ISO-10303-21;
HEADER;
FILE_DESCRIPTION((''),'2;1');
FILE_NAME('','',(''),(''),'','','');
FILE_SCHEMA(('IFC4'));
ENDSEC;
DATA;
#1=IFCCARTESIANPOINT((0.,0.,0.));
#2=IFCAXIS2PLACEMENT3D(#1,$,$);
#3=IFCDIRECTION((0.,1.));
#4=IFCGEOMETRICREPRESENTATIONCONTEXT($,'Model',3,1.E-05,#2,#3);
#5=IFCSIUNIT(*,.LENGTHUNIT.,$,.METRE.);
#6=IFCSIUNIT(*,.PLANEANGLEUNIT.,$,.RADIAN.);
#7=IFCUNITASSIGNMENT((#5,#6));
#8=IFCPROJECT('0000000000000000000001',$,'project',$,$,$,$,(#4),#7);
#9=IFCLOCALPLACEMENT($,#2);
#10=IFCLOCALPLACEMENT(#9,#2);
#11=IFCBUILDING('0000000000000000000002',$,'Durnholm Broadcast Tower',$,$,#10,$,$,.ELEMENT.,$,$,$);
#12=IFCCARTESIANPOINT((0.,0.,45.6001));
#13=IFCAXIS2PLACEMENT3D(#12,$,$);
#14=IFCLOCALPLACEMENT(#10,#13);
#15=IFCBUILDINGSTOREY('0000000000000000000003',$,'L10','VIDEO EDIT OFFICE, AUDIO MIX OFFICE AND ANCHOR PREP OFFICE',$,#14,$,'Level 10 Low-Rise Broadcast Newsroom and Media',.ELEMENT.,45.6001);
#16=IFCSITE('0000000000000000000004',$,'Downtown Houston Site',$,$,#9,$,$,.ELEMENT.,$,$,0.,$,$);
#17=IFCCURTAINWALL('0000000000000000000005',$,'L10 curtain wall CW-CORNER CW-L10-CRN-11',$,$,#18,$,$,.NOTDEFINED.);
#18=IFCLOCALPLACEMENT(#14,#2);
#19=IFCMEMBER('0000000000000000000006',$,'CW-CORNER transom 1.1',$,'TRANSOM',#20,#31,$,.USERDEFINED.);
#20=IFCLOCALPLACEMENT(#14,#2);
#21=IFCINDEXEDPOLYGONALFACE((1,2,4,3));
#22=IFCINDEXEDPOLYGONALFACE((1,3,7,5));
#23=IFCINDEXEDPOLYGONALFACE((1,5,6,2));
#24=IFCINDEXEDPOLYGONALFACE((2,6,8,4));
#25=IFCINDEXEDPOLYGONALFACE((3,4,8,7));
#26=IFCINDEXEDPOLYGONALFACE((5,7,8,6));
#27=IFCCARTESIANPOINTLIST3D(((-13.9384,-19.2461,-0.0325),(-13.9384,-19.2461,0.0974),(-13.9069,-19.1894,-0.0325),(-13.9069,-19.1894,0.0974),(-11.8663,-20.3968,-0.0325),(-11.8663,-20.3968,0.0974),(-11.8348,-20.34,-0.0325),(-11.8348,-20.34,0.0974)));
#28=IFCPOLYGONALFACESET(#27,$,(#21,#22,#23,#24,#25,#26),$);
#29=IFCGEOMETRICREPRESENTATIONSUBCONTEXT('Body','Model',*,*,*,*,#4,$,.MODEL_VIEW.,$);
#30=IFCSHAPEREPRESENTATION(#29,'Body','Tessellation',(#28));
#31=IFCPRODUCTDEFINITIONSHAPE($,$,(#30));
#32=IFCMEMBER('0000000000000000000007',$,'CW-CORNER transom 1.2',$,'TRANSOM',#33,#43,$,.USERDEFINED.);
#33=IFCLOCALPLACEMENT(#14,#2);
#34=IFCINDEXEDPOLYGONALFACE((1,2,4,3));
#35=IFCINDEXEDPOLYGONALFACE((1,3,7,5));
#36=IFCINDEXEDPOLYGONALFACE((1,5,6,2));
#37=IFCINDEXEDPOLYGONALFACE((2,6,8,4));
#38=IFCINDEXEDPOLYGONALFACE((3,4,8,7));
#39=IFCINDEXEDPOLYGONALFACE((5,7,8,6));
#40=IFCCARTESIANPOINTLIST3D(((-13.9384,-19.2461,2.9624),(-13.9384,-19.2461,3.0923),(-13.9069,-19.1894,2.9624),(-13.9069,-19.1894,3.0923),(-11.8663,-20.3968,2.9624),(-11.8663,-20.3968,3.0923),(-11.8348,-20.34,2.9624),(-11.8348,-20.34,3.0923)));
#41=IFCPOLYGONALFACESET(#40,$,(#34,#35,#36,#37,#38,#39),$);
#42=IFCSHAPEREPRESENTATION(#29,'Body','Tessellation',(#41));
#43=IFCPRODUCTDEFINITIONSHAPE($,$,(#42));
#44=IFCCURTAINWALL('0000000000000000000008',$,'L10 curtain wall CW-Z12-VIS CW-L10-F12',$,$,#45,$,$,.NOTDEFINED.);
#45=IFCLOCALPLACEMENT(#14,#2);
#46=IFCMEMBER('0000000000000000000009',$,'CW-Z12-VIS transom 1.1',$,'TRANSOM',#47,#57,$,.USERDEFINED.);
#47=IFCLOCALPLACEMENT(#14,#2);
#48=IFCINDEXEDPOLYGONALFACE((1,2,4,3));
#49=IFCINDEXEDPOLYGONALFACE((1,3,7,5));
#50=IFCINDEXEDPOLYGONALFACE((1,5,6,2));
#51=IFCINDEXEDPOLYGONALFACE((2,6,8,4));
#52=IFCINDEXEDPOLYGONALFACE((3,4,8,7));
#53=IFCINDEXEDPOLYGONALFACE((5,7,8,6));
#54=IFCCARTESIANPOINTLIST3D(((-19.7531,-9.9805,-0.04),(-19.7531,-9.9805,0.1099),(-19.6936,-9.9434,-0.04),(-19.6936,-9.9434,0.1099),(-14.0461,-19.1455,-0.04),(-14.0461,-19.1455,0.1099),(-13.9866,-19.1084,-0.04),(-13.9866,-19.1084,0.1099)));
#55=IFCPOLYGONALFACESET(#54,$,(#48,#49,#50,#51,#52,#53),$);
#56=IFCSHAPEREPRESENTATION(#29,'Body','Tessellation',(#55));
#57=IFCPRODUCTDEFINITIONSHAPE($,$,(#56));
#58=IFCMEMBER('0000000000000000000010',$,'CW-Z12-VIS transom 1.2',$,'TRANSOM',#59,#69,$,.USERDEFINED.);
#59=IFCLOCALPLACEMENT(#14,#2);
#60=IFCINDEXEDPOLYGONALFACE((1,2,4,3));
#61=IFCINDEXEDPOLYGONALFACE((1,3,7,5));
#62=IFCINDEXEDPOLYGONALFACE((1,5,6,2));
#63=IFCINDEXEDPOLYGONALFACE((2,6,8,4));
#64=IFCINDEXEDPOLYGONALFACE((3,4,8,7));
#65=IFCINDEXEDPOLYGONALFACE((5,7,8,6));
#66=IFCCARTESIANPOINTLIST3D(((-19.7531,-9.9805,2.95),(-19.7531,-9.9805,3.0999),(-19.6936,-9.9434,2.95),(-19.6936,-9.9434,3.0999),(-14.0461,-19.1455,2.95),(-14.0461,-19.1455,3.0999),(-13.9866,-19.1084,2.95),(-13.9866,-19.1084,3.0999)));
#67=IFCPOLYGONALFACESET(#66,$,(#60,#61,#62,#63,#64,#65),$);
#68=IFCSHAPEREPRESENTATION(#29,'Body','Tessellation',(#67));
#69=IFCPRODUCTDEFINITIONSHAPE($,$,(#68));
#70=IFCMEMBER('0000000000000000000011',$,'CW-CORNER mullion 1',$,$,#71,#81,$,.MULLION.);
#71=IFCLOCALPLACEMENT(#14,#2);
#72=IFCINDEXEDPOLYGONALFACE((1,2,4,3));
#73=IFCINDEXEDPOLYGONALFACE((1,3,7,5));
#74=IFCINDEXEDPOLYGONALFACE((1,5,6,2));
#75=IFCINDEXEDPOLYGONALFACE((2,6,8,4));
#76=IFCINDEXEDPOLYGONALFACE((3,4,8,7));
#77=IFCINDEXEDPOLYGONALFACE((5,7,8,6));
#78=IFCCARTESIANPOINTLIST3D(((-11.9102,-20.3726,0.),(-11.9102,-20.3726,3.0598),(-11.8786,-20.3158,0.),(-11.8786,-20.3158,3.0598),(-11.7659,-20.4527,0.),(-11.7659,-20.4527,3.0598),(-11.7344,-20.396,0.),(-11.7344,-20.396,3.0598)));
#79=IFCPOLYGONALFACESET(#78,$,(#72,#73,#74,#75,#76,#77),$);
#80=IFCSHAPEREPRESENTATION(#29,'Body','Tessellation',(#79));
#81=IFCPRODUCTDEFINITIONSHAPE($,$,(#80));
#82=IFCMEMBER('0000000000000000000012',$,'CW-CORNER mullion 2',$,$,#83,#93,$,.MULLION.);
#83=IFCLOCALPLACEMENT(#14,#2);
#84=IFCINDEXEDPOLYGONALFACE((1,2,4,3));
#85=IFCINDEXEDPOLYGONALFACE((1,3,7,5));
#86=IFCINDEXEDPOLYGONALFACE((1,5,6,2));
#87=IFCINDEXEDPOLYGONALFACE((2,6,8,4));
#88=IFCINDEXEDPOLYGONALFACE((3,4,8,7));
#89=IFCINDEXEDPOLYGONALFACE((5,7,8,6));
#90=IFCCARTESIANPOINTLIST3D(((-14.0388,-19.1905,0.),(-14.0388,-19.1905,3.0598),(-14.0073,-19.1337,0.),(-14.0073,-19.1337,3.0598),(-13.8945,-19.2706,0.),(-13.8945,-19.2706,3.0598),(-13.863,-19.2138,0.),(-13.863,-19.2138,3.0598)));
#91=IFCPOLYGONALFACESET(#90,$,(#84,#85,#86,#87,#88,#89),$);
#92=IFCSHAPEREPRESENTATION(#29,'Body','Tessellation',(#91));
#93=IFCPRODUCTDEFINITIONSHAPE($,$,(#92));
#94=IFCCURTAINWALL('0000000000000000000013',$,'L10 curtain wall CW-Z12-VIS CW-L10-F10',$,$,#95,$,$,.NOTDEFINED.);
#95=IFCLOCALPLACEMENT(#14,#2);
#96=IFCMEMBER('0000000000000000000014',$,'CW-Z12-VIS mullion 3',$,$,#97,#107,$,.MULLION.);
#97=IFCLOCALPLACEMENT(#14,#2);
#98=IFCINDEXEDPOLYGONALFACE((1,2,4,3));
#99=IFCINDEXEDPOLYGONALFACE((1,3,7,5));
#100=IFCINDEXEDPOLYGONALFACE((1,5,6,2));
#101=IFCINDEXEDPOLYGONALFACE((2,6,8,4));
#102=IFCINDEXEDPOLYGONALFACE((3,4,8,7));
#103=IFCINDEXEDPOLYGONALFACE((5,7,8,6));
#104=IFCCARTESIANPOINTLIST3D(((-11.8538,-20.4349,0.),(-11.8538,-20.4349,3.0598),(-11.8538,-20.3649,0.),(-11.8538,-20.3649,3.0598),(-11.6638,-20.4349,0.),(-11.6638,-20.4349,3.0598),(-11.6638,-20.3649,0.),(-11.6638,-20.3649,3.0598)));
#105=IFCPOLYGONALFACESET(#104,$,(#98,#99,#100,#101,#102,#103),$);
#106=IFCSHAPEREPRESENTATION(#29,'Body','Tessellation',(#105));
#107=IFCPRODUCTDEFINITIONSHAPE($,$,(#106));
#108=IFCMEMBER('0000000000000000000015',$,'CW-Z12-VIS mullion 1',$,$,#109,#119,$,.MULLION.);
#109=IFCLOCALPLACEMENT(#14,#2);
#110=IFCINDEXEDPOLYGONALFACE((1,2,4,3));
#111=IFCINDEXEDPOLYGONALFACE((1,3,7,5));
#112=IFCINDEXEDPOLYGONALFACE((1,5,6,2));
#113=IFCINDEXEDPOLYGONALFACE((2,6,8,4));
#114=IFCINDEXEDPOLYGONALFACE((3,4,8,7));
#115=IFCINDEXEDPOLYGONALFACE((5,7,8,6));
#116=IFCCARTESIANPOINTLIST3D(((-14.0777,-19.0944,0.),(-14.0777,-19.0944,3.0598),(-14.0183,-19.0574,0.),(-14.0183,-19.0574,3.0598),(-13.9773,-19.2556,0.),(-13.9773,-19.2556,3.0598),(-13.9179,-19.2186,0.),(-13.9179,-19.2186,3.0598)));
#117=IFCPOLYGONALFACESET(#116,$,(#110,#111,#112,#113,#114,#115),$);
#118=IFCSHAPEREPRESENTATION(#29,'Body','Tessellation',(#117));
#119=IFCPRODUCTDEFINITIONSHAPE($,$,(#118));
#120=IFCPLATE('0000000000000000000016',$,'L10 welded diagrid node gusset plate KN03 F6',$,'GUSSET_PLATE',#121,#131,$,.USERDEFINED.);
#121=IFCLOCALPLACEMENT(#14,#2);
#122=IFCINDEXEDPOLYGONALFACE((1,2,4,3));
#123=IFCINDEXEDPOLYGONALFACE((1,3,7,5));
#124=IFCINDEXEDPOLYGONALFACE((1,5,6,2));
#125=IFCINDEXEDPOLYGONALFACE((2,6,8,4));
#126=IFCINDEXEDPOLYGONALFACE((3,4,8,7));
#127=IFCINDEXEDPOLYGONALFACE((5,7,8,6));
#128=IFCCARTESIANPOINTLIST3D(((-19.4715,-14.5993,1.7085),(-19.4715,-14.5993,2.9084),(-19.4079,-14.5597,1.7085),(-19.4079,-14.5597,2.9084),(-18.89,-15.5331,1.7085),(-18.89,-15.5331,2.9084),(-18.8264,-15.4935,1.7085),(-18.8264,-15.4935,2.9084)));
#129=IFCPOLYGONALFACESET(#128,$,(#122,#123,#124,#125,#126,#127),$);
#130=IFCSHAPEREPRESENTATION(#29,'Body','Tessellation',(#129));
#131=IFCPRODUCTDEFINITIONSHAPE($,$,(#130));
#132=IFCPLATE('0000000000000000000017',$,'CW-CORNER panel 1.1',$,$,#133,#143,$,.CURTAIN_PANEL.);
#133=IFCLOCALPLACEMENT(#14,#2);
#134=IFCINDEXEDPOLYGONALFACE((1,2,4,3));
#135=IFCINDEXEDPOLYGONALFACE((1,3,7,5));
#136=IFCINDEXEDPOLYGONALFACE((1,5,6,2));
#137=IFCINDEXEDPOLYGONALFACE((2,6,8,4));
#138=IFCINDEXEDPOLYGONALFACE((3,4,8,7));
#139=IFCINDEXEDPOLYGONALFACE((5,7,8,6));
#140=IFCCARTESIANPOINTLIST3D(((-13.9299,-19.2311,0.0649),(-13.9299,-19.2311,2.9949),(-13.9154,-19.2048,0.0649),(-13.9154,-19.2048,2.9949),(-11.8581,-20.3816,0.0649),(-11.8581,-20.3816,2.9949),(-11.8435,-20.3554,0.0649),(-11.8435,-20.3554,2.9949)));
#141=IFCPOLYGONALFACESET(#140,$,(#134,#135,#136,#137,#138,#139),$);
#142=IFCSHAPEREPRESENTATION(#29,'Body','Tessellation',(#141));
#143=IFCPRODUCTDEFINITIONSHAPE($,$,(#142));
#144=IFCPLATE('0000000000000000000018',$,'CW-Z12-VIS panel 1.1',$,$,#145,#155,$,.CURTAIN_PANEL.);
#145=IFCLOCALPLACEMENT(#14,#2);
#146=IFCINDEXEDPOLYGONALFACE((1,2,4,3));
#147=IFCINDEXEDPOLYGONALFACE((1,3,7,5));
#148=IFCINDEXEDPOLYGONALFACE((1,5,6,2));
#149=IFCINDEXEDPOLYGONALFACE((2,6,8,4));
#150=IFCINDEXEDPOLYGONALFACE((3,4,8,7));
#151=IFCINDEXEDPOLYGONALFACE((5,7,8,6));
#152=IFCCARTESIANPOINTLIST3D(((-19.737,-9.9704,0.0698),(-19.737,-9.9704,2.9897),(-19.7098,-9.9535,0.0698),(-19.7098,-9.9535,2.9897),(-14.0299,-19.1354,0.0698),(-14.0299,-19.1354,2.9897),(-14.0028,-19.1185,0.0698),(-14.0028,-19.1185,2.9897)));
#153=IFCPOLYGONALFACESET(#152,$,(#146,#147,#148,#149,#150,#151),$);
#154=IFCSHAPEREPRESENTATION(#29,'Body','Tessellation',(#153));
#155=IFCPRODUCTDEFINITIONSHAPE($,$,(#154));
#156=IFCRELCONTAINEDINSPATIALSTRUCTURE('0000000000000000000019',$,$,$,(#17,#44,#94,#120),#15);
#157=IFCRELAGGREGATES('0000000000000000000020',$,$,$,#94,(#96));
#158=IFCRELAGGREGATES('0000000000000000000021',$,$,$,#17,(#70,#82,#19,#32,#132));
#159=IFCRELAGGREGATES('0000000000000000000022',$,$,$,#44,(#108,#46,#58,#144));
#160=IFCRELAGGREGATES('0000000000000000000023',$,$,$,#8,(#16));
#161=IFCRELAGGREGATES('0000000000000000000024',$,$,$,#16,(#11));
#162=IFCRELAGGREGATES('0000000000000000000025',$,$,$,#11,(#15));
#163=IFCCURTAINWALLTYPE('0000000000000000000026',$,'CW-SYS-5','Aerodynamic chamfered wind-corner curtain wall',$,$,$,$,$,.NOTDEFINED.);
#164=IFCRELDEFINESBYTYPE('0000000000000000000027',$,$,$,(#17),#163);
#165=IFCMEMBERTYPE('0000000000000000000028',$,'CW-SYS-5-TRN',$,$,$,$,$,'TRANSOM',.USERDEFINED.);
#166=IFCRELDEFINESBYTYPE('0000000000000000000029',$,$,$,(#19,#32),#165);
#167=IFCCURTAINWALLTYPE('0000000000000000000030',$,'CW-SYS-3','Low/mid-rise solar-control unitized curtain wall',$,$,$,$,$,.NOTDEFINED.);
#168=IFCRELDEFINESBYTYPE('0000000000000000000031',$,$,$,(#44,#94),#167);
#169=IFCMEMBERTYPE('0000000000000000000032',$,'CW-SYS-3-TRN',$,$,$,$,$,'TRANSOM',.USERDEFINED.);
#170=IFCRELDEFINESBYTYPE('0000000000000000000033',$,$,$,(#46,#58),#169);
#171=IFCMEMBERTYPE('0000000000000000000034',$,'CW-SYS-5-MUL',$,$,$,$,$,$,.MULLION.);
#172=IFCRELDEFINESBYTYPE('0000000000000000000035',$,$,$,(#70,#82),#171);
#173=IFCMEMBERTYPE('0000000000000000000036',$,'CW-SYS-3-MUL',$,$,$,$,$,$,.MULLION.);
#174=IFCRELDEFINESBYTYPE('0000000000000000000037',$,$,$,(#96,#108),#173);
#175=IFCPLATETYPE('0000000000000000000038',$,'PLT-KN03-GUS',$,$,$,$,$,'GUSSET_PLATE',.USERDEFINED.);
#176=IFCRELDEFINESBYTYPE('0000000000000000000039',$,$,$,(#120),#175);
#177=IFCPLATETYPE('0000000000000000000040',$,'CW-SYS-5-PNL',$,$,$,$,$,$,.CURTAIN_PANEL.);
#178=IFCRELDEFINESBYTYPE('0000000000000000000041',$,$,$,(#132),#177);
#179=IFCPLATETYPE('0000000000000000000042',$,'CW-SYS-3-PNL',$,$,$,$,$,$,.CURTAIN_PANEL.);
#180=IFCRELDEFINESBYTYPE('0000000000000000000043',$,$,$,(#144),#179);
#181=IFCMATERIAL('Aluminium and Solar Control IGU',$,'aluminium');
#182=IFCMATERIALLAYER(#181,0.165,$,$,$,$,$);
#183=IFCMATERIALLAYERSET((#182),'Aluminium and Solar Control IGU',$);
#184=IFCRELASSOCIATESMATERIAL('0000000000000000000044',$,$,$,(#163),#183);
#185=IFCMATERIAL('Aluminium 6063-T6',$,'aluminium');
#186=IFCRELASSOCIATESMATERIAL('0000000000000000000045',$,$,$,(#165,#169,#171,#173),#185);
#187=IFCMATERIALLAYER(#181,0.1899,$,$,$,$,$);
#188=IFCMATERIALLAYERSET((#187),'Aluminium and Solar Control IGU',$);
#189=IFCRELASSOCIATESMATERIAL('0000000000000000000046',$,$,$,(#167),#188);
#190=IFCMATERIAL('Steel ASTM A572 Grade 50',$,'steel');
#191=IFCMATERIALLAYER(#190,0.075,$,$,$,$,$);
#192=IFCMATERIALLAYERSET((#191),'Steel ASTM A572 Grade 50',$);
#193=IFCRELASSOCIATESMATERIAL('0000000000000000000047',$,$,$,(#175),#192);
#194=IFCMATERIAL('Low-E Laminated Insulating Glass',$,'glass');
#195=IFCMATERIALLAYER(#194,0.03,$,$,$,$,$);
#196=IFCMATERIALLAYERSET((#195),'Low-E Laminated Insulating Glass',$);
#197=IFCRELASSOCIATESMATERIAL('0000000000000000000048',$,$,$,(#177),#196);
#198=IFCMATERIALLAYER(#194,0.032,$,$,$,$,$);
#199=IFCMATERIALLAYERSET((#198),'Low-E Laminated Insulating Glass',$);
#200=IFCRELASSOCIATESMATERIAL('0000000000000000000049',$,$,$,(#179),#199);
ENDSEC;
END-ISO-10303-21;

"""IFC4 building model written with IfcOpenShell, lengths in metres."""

from ifc_helpers import new_model, si_unit, direction, frame, origin, origin_2d, place, context, subcontext, project, spatial, rectangle, extrude, source, transform, mapped, material, layer, layer_set, material_profile, profile_set, type_object, type_shapes, element, aggregate, save


model = new_model("IFC4")

# Units and contexts
model_context = context("Model", 3, precision=1e-05, world=origin(), true_north=direction((0.0, 1.0)))
body_context = subcontext(model_context, "Body", "Model", "MODEL_VIEW")
ifc_project = project(units=[si_unit("LENGTHUNIT", "METRE"), si_unit("PLANEANGLEUNIT", "RADIAN")], contexts=[model_context])

# Site, building, storey
site_placement = place(None, origin())
site = spatial("IfcSite", under=ifc_project, at=site_placement, Name="Downtown Houston Site", CompositionType="ELEMENT", RefElevation=0.0)
building_placement = place(site_placement, origin())
building = spatial("IfcBuilding", under=site, at=building_placement, Name="Durnholm Broadcast Tower", CompositionType="ELEMENT")
storey_placement = place(building_placement, frame((0.0, 0.0, 45.6001)))
storey = spatial("IfcBuildingStorey", under=building, at=storey_placement, Name="L10", Description="VIDEO EDIT OFFICE, AUDIO MIX OFFICE AND ANCHOR PREP OFFICE", LongName="Level 10 Low-Rise Broadcast Newsroom and Media", CompositionType="ELEMENT", Elevation=45.6001)

# Curtain walls, members
ifc_material_1 = material(Name="Aluminium and Solar Control IGU", Category="aluminium")
ifc_layer_1 = layer(ifc_material_1, 0.165)
ifc_layer_set_1 = layer_set([ifc_layer_1], Name="Aluminium and Solar Control IGU")
curtain_wall_type_1 = type_object("IfcCurtainWallType", Name="CW-SYS-5", Description="Aerodynamic chamfered wind-corner curtain wall", PredefinedType="NOTDEFINED", material=ifc_layer_set_1)
curtain_wall_1_placement = place(storey_placement, origin())
curtain_wall_1 = element("IfcCurtainWall", 1, at=curtain_wall_1_placement, inside=storey, type_object=curtain_wall_type_1, Name="L10 curtain wall CW-CORNER CW-L10-CRN-11", PredefinedType="NOTDEFINED")
ifc_material_2 = material(Name="Aluminium 6063-T6", Category="aluminium")
ifc_material_profile_1 = material_profile(ifc_material_2, rectangle(XDim=0.0649, YDim=0.1299, at=origin_2d()), Name="CWT65X130")
ifc_profile_set_1 = profile_set([ifc_material_profile_1], Name="Aluminium 6063-T6")
member_type_1 = type_object("IfcMemberType", Name="CW-SYS-5-TRN", ElementType="TRANSOM", PredefinedType="USERDEFINED", material=ifc_profile_set_1)
shared_shape_1 = source(origin(), body_context, "Body", "SweptSolid", [
    extrude(rectangle(XDim=0.0649, YDim=0.1299, at=origin_2d()), origin(), (0.0, 0.0, 1.0), 2.3701),
])
type_shapes(member_type_1, [shared_shape_1])
member_1_placement = place(storey_placement, frame((-11.8506, -20.3684, 0.0325), z_axis=(-0.874245, 0.485485, 0.0), x_axis=(-0.485485, -0.874245, 0.0)))
member_1 = element("IfcMember", 2, at=member_1_placement, type_object=member_type_1, Name="CW-CORNER transom 1.1", ObjectType="TRANSOM", PredefinedType="USERDEFINED", context=body_context, shape_type="MappedRepresentation", body=[
    mapped(shared_shape_1, transform((0.0, 0.0, 0.0), x_axis=(1.0, 0.0, 0.0), y_axis=(0.0, 1.0, 0.0), z_axis=(0.0, 0.0, 1.0), scale=1.0)),
])
member_2_placement = place(storey_placement, frame((-11.8506, -20.3684, 3.0273), z_axis=(-0.874245, 0.485485, 0.0), x_axis=(-0.485485, -0.874245, 0.0)))
member_2 = element("IfcMember", 3, at=member_2_placement, type_object=member_type_1, Name="CW-CORNER transom 1.2", ObjectType="TRANSOM", PredefinedType="USERDEFINED", context=body_context, shape_type="MappedRepresentation", body=[
    mapped(shared_shape_1, transform((0.0, 0.0, 0.0), x_axis=(1.0, 0.0, 0.0), y_axis=(0.0, 1.0, 0.0), z_axis=(0.0, 0.0, 1.0), scale=1.0)),
])
ifc_layer_2 = layer(ifc_material_1, 0.1899)
ifc_layer_set_2 = layer_set([ifc_layer_2], Name="Aluminium and Solar Control IGU")
curtain_wall_type_2 = type_object("IfcCurtainWallType", Name="CW-SYS-3", Description="Low/mid-rise solar-control unitized curtain wall", PredefinedType="NOTDEFINED", material=ifc_layer_set_2)
curtain_wall_2_placement = place(storey_placement, origin())
curtain_wall_2 = element("IfcCurtainWall", 4, at=curtain_wall_2_placement, inside=storey, type_object=curtain_wall_type_2, Name="L10 curtain wall CW-Z12-VIS CW-L10-F12", PredefinedType="NOTDEFINED")
ifc_material_profile_2 = material_profile(ifc_material_2, rectangle(XDim=0.0701, YDim=0.1499, at=origin_2d()), Name="CWT70X150")
ifc_profile_set_2 = profile_set([ifc_material_profile_2], Name="Aluminium 6063-T6")
member_type_2 = type_object("IfcMemberType", Name="CW-SYS-3-TRN", ElementType="TRANSOM", PredefinedType="USERDEFINED", material=ifc_profile_set_2)
shared_shape_2 = source(origin(), body_context, "Body", "SweptSolid", [
    extrude(rectangle(XDim=0.0701, YDim=0.1499, at=origin_2d()), origin(), (0.0, 0.0, 1.0), 10.7966),
])
type_shapes(member_type_2, [shared_shape_2])
member_3_placement = place(storey_placement, frame((-14.0164, -19.127, 0.0349), z_axis=(-0.528592, 0.848876, 0.0), x_axis=(-0.848876, -0.528592, 0.0)))
member_3 = element("IfcMember", 5, at=member_3_placement, type_object=member_type_2, Name="CW-Z12-VIS transom 1.1", ObjectType="TRANSOM", PredefinedType="USERDEFINED", context=body_context, shape_type="MappedRepresentation", body=[
    mapped(shared_shape_2, transform((0.0, 0.0, 0.0), x_axis=(1.0, 0.0, 0.0), y_axis=(0.0, 1.0, 0.0), z_axis=(0.0, 0.0, 1.0), scale=1.0)),
])
member_4_placement = place(storey_placement, frame((-14.0164, -19.127, 3.0249), z_axis=(-0.528592, 0.848876, 0.0), x_axis=(-0.848876, -0.528592, 0.0)))
member_4 = element("IfcMember", 6, at=member_4_placement, type_object=member_type_2, Name="CW-Z12-VIS transom 1.2", ObjectType="TRANSOM", PredefinedType="USERDEFINED", context=body_context, shape_type="MappedRepresentation", body=[
    mapped(shared_shape_2, transform((0.0, 0.0, 0.0), x_axis=(1.0, 0.0, 0.0), y_axis=(0.0, 1.0, 0.0), z_axis=(0.0, 0.0, 1.0), scale=1.0)),
])

# Members
ifc_material_profile_3 = material_profile(ifc_material_2, rectangle(XDim=0.0649, YDim=0.165, at=origin_2d()), Name="CWM65X165")
ifc_profile_set_3 = profile_set([ifc_material_profile_3], Name="Aluminium 6063-T6")
member_type_3 = type_object("IfcMemberType", Name="CW-SYS-5-MUL", PredefinedType="MULLION", material=ifc_profile_set_3)
shared_shape_3 = source(origin(), body_context, "Body", "SweptSolid", [
    extrude(rectangle(XDim=0.0649, YDim=0.165, at=origin_2d()), origin(), (0.0, 0.0, 1.0), 3.0598),
])
type_shapes(member_type_3, [shared_shape_3])
member_5_placement = place(storey_placement, frame((-11.8223, -20.3843, 0.0), z_axis=(0.0, 0.0, 1.0), x_axis=(-0.485483, -0.874246, 0.0)))
member_5 = element("IfcMember", 7, at=member_5_placement, type_object=member_type_3, Name="CW-CORNER mullion 1", PredefinedType="MULLION", context=body_context, shape_type="MappedRepresentation", body=[
    mapped(shared_shape_3, transform((0.0, 0.0, 0.0), x_axis=(1.0, 0.0, 0.0), y_axis=(0.0, 1.0, 0.0), z_axis=(0.0, 0.0, 1.0), scale=1.0)),
])
member_6_placement = place(storey_placement, frame((-13.9509, -19.2021, 0.0), z_axis=(0.0, 0.0, 1.0), x_axis=(-0.485483, -0.874246, 0.0)))
member_6 = element("IfcMember", 8, at=member_6_placement, type_object=member_type_3, Name="CW-CORNER mullion 2", PredefinedType="MULLION", context=body_context, shape_type="MappedRepresentation", body=[
    mapped(shared_shape_3, transform((0.0, 0.0, 0.0), x_axis=(1.0, 0.0, 0.0), y_axis=(0.0, 1.0, 0.0), z_axis=(0.0, 0.0, 1.0), scale=1.0)),
])

# Curtain wall, member
curtain_wall_3_placement = place(storey_placement, origin())
curtain_wall_3 = element("IfcCurtainWall", 9, at=curtain_wall_3_placement, inside=storey, type_object=curtain_wall_type_2, Name="L10 curtain wall CW-Z12-VIS CW-L10-F10", PredefinedType="NOTDEFINED")
ifc_material_profile_4 = material_profile(ifc_material_2, rectangle(XDim=0.0701, YDim=0.1899, at=origin_2d()), Name="CWM70X190")
ifc_profile_set_4 = profile_set([ifc_material_profile_4], Name="Aluminium 6063-T6")
member_type_4 = type_object("IfcMemberType", Name="CW-SYS-3-MUL", PredefinedType="MULLION", material=ifc_profile_set_4)
shared_shape_4 = source(origin(), body_context, "Body", "SweptSolid", [
    extrude(rectangle(XDim=0.0701, YDim=0.1899, at=origin_2d()), origin(), (0.0, 0.0, 1.0), 3.0598),
])
type_shapes(member_type_4, [shared_shape_4])
member_7_placement = place(storey_placement, frame((-11.7588, -20.3999, 0.0), z_axis=(0.0, 0.0, 1.0), x_axis=(0.0, -1.0, 0.0)))
member_7 = element("IfcMember", 10, at=member_7_placement, type_object=member_type_4, Name="CW-Z12-VIS mullion 3", PredefinedType="MULLION", context=body_context, shape_type="MappedRepresentation", body=[
    mapped(shared_shape_4, transform((0.0, 0.0, 0.0), x_axis=(1.0, 0.0, 0.0), y_axis=(0.0, 1.0, 0.0), z_axis=(0.0, 0.0, 1.0), scale=1.0)),
])
aggregate(curtain_wall_3, [member_7])

# Member
member_8_placement = place(storey_placement, frame((-13.9978, -19.1565, 0.0), z_axis=(0.0, 0.0, 1.0), x_axis=(-0.848876, -0.528592, 0.0)))
member_8 = element("IfcMember", 11, at=member_8_placement, type_object=member_type_4, Name="CW-Z12-VIS mullion 1", PredefinedType="MULLION", context=body_context, shape_type="MappedRepresentation", body=[
    mapped(shared_shape_4, transform((0.0, 0.0, 0.0), x_axis=(1.0, 0.0, 0.0), y_axis=(0.0, 1.0, 0.0), z_axis=(0.0, 0.0, 1.0), scale=1.0)),
])

# Plates
ifc_material_3 = material(Name="Steel ASTM A572 Grade 50", Category="steel")
ifc_layer_3 = layer(ifc_material_3, 0.075)
ifc_layer_set_3 = layer_set([ifc_layer_3], Name="Steel ASTM A572 Grade 50")
plate_type_1 = type_object("IfcPlateType", Name="PLT-KN03-GUS", ElementType="GUSSET_PLATE", PredefinedType="USERDEFINED", material=ifc_layer_set_3)
shared_shape_5 = source(origin(), body_context, "Body", "SweptSolid", [
    extrude(rectangle(XDim=1.1001, YDim=0.075, at=origin_2d()), origin(), (0.0, 0.0, 1.0), 1.2),
])
type_shapes(plate_type_1, [shared_shape_5])
plate_1_placement = place(storey_placement, frame((-19.1489, -15.0464, 1.7085), z_axis=(0.0, 0.0, 1.0), x_axis=(0.528587, -0.848879, 0.0)))
element("IfcPlate", 12, at=plate_1_placement, inside=storey, type_object=plate_type_1, Name="L10 welded diagrid node gusset plate KN03 F6", ObjectType="GUSSET_PLATE", PredefinedType="USERDEFINED", context=body_context, shape_type="MappedRepresentation", body=[
    mapped(shared_shape_5, transform((0.0, 0.0, 0.0), x_axis=(1.0, 0.0, 0.0), y_axis=(0.0, 1.0, 0.0), z_axis=(0.0, 0.0, 1.0), scale=1.0)),
])
ifc_material_4 = material(Name="Low-E Laminated Insulating Glass", Category="glass")
ifc_layer_4 = layer(ifc_material_4, 0.03)
ifc_layer_set_4 = layer_set([ifc_layer_4], Name="Low-E Laminated Insulating Glass")
plate_type_2 = type_object("IfcPlateType", Name="CW-SYS-5-PNL", PredefinedType="CURTAIN_PANEL", material=ifc_layer_set_4)
shared_shape_6 = source(origin(), body_context, "Body", "SweptSolid", [
    extrude(rectangle(XDim=2.3699, YDim=0.03, at=origin_2d()), origin(), (0.0, 0.0, 1.0), 2.9299),
])
type_shapes(plate_type_2, [shared_shape_6])
plate_2_placement = place(storey_placement, frame((-12.8867, -19.7932, 0.0649), z_axis=(0.0, 0.0, 1.0), x_axis=(-0.874246, 0.485483, 0.0)))
plate_2 = element("IfcPlate", 13, at=plate_2_placement, type_object=plate_type_2, Name="CW-CORNER panel 1.1", PredefinedType="CURTAIN_PANEL", context=body_context, shape_type="MappedRepresentation", body=[
    mapped(shared_shape_6, transform((0.0, 0.0, 0.0), x_axis=(1.0, 0.0, 0.0), y_axis=(0.0, 1.0, 0.0), z_axis=(0.0, 0.0, 1.0), scale=1.0)),
])
aggregate(curtain_wall_1, [member_5, member_6, member_1, member_2, plate_2])
ifc_layer_5 = layer(ifc_material_4, 0.032)
ifc_layer_set_5 = layer_set([ifc_layer_5], Name="Low-E Laminated Insulating Glass")
plate_type_3 = type_object("IfcPlateType", Name="CW-SYS-3-PNL", PredefinedType="CURTAIN_PANEL", material=ifc_layer_set_5)
shared_shape_7 = source(origin(), body_context, "Body", "SweptSolid", [
    extrude(rectangle(XDim=10.7966, YDim=0.032, at=origin_2d()), origin(), (0.0, 0.0, 1.0), 2.9199),
])
type_shapes(plate_type_3, [shared_shape_7])
plate_3_placement = place(storey_placement, frame((-16.8699, -14.5444, 0.0698), z_axis=(0.0, 0.0, 1.0), x_axis=(-0.528592, 0.848876, 0.0)))
plate_3 = element("IfcPlate", 14, at=plate_3_placement, type_object=plate_type_3, Name="CW-Z12-VIS panel 1.1", PredefinedType="CURTAIN_PANEL", context=body_context, shape_type="MappedRepresentation", body=[
    mapped(shared_shape_7, transform((0.0, 0.0, 0.0), x_axis=(1.0, 0.0, 0.0), y_axis=(0.0, 1.0, 0.0), z_axis=(0.0, 0.0, 1.0), scale=1.0)),
])
aggregate(curtain_wall_2, [member_8, member_3, member_4, plate_3])

save(model, "model.ifc")
